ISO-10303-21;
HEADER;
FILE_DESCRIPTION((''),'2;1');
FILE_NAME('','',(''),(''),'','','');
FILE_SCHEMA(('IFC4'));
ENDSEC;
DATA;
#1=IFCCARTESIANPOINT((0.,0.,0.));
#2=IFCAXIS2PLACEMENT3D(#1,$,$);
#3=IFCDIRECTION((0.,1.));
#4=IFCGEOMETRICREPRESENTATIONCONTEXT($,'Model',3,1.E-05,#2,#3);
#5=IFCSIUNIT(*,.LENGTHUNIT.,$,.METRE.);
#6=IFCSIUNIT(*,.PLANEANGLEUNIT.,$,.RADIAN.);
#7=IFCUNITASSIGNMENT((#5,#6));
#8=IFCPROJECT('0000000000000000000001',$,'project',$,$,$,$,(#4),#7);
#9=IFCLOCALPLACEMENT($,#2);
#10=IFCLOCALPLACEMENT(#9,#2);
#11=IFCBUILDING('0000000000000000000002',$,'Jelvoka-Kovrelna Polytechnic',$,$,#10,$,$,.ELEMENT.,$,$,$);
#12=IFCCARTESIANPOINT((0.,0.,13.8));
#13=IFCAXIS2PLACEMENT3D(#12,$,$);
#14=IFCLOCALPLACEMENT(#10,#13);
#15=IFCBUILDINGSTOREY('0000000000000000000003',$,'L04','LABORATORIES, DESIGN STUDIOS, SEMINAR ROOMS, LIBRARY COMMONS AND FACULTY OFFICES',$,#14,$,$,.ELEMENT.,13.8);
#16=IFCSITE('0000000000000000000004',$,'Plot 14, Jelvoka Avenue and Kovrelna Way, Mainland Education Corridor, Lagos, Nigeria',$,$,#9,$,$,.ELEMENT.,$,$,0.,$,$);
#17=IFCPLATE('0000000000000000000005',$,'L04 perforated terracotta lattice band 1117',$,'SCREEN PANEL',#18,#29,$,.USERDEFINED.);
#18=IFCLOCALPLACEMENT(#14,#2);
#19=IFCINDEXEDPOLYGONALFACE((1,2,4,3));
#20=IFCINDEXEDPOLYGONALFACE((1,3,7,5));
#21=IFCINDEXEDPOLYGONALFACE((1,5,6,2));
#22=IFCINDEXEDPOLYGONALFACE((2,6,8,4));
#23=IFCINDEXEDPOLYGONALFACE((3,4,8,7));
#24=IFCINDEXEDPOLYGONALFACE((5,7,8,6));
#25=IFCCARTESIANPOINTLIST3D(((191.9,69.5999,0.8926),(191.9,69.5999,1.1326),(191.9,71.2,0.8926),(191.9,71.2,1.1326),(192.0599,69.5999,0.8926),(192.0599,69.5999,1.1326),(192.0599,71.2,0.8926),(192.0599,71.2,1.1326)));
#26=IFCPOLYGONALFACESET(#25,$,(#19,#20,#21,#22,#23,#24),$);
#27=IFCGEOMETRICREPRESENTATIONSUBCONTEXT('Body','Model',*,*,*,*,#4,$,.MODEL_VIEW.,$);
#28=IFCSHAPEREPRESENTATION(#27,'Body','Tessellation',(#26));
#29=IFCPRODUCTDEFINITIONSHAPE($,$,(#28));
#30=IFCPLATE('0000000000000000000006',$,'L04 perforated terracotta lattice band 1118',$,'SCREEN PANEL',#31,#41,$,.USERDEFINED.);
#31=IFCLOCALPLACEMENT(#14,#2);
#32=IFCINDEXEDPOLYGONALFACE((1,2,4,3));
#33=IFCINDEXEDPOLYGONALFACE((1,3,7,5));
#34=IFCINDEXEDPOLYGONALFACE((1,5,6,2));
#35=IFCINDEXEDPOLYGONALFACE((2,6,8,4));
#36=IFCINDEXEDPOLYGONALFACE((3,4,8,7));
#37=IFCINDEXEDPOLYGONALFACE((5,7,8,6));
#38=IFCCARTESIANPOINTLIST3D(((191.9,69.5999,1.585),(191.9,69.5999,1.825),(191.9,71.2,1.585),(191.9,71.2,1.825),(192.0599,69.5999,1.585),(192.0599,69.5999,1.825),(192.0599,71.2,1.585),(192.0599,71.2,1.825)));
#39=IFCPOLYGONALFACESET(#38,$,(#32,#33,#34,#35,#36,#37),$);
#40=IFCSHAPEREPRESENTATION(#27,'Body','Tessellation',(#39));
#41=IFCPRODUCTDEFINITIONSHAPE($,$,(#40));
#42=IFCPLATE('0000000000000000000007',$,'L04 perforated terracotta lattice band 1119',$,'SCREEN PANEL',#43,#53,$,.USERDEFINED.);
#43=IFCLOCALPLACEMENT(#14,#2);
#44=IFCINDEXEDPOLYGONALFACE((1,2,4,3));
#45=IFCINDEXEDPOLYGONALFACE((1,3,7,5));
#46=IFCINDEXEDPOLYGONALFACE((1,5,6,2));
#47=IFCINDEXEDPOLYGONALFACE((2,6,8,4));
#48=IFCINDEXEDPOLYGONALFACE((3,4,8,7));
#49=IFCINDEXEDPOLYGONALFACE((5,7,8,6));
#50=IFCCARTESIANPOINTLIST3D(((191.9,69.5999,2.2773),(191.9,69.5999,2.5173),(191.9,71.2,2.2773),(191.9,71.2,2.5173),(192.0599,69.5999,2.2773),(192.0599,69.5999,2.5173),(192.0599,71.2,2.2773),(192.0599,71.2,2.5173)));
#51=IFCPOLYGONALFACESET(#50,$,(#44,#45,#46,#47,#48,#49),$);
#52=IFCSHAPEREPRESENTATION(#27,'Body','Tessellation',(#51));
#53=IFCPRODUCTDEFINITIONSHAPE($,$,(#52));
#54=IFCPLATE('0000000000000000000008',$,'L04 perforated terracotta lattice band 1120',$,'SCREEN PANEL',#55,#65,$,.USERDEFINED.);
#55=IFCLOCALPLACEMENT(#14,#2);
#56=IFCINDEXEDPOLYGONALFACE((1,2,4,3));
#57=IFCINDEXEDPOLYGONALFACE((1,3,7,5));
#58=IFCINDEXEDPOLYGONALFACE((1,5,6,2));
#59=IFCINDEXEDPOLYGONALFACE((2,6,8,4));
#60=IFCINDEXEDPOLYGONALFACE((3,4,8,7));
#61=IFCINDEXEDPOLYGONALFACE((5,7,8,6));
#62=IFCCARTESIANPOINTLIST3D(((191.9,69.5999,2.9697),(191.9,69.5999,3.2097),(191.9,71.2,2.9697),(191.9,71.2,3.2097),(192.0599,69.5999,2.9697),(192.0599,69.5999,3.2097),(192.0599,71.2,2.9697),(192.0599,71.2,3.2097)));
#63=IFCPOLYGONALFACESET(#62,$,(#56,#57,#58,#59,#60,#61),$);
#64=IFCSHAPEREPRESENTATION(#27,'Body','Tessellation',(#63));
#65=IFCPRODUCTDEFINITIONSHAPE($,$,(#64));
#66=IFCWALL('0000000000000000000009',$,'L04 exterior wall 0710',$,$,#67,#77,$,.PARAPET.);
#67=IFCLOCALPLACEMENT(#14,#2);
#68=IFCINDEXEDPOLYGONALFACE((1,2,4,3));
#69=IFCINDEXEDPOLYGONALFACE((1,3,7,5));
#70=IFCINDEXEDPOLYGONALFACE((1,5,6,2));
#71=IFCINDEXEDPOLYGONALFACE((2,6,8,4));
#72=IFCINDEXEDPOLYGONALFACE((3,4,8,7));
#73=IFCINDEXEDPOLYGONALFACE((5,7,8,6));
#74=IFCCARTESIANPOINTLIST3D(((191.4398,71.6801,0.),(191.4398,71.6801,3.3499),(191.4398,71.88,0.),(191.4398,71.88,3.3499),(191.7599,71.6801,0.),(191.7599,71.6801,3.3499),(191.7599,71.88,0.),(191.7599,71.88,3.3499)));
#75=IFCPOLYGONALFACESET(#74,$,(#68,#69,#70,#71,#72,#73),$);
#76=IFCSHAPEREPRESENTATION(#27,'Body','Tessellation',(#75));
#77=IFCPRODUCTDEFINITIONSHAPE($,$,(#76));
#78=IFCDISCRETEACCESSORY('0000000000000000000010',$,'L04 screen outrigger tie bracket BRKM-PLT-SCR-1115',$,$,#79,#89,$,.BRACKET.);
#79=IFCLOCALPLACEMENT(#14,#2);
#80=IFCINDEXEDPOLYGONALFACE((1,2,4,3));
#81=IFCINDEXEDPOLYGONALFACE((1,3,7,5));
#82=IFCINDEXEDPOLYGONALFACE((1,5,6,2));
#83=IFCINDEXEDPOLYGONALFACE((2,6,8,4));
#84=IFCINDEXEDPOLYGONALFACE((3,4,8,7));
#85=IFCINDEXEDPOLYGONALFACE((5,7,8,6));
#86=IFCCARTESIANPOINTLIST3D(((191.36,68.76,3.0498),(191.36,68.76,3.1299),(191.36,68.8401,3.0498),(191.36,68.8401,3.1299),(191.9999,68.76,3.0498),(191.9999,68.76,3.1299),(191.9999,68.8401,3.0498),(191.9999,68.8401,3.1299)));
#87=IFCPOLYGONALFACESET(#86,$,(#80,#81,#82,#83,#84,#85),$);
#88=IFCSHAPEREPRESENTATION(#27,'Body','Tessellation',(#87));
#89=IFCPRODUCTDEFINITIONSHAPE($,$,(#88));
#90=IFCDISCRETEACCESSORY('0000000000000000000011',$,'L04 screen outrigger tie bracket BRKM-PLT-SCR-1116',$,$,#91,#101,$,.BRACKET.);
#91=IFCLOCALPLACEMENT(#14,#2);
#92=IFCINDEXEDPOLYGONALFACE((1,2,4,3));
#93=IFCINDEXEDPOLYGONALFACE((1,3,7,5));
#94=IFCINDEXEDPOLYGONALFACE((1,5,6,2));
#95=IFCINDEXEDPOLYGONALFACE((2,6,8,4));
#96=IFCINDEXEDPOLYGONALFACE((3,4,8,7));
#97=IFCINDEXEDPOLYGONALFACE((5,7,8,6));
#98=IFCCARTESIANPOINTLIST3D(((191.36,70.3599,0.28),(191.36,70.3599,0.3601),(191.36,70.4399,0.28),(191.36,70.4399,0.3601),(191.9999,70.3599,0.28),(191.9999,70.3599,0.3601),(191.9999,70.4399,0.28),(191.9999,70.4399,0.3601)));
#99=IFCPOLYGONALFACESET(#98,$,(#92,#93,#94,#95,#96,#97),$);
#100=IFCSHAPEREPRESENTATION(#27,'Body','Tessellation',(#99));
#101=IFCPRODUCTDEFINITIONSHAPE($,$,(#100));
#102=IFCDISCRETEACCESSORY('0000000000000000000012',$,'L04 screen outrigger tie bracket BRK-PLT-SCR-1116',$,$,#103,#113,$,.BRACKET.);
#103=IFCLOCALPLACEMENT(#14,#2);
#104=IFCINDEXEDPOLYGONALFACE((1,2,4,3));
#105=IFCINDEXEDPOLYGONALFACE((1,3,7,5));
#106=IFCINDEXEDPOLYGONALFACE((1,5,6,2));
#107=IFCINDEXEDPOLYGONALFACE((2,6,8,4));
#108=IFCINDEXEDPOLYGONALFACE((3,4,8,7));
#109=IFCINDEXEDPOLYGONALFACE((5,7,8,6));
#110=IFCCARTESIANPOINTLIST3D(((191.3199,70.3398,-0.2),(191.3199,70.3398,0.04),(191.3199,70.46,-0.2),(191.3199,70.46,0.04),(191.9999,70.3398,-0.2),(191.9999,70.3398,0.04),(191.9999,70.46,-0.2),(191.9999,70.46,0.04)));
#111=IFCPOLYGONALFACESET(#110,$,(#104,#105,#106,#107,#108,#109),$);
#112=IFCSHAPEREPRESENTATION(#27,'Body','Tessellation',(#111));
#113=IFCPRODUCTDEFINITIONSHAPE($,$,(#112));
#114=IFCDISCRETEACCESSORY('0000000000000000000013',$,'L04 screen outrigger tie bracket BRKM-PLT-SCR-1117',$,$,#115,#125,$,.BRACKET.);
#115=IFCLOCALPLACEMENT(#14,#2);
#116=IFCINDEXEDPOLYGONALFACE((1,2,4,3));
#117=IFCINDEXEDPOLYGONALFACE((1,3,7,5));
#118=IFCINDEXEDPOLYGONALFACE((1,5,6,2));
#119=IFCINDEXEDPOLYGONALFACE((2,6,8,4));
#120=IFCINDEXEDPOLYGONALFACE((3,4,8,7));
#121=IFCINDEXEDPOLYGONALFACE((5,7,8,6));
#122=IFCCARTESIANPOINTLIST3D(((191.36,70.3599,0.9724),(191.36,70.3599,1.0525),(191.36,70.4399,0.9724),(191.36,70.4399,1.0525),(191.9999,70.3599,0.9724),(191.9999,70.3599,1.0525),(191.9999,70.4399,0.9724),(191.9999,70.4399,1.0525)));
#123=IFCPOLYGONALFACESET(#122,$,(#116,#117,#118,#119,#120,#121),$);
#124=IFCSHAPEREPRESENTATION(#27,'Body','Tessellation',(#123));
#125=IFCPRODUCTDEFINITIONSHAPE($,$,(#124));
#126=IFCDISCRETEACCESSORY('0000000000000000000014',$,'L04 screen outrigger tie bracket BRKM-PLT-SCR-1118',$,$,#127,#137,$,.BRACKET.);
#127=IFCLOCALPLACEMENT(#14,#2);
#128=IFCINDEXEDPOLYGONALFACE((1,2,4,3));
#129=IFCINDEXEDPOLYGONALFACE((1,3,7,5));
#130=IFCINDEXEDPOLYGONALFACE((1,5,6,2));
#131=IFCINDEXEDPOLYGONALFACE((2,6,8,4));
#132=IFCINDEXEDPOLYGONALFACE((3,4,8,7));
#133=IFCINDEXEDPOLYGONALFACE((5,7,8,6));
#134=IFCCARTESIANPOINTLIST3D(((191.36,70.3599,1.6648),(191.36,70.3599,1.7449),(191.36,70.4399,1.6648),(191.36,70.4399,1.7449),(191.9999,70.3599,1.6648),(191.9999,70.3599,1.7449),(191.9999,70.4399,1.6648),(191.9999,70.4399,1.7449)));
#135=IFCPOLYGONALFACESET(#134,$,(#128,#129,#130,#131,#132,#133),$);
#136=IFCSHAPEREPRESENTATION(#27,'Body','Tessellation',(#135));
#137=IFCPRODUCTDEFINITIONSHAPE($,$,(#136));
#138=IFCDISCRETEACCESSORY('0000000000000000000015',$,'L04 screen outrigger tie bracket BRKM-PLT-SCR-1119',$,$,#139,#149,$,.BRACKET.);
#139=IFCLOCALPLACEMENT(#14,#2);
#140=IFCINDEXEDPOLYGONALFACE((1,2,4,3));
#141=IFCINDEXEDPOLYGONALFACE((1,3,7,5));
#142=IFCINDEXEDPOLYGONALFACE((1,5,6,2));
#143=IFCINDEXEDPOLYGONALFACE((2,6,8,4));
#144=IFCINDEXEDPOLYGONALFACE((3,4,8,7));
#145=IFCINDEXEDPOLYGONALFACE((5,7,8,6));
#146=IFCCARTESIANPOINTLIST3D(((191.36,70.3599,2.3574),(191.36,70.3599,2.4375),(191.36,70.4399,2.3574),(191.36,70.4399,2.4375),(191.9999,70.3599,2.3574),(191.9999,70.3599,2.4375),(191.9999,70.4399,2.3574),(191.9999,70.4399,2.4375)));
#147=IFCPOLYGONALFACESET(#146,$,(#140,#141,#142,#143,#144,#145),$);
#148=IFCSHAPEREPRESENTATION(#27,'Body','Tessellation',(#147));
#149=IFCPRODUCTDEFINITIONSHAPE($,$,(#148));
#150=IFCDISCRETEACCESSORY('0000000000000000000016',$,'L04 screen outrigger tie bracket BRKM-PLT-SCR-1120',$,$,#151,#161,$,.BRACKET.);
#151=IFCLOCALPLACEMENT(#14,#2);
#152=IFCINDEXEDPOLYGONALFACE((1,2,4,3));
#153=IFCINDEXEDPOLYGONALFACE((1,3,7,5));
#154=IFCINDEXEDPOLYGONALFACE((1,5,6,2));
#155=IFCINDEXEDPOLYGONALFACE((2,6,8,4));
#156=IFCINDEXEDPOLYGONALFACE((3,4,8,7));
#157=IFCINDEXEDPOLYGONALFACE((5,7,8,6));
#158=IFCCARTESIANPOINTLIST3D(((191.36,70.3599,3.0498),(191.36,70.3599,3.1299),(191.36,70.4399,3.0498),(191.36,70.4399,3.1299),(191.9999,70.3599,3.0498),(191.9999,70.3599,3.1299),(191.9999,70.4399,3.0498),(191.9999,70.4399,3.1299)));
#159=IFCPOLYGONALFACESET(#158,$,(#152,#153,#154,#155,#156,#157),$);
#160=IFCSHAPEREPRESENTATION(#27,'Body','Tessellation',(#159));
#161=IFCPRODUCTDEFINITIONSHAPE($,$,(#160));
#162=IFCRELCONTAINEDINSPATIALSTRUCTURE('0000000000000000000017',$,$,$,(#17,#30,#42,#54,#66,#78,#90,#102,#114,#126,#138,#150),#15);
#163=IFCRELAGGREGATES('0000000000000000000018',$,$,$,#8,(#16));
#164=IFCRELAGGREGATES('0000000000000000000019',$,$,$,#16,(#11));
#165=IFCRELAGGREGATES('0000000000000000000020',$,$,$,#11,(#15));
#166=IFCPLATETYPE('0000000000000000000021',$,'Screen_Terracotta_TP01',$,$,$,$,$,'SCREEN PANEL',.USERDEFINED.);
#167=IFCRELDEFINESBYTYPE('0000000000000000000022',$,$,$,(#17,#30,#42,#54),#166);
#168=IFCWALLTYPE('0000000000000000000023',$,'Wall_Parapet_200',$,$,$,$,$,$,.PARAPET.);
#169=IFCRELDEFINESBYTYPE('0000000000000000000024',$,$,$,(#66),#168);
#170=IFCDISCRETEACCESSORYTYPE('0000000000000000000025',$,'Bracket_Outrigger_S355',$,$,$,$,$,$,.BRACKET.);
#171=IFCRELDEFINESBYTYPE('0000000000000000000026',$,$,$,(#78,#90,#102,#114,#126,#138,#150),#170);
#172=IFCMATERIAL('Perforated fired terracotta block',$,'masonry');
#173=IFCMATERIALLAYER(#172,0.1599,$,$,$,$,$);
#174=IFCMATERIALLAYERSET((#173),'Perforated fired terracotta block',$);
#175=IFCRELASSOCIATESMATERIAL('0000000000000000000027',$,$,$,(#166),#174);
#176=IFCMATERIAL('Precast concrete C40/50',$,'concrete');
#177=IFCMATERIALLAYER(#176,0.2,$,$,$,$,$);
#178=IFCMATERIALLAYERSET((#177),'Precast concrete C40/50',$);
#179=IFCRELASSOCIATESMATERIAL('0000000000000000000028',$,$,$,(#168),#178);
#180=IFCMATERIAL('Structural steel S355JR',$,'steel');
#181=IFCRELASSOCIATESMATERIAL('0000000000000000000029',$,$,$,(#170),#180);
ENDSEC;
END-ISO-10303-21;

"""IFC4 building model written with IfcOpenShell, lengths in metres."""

from ifc_helpers import new_model, si_unit, direction, frame, frame_2d, origin, origin_2d, place, context, subcontext, project, spatial, rectangle, extrude, material, layer, layer_set, type_object, element, save


model = new_model("IFC4")

# Units and contexts
model_context = context("Model", 3, precision=1e-05, world=origin(), true_north=direction((0.0, 1.0)))
body_context = subcontext(model_context, "Body", "Model", "MODEL_VIEW")
ifc_project = project(units=[si_unit("LENGTHUNIT", "METRE"), si_unit("PLANEANGLEUNIT", "RADIAN")], contexts=[model_context])

# Site, building, storey
site_placement = place(None, origin())
site = spatial("IfcSite", under=ifc_project, at=site_placement, Name="Plot 14, Jelvoka Avenue and Kovrelna Way, Mainland Education Corridor, Lagos, Nigeria", CompositionType="ELEMENT", RefElevation=0.0)
building_placement = place(site_placement, origin())
building = spatial("IfcBuilding", under=site, at=building_placement, Name="Jelvoka-Kovrelna Polytechnic", CompositionType="ELEMENT")
storey_placement = place(building_placement, frame((0.0, 0.0, 13.8)))
storey = spatial("IfcBuildingStorey", under=building, at=storey_placement, Name="L04", Description="LABORATORIES, DESIGN STUDIOS, SEMINAR ROOMS, LIBRARY COMMONS AND FACULTY OFFICES", CompositionType="ELEMENT", Elevation=13.8)

# Plates
ifc_material_1 = material(Name="Perforated fired terracotta block", Category="masonry")
ifc_layer_1 = layer(ifc_material_1, 0.1599)
ifc_layer_set_1 = layer_set([ifc_layer_1], Name="Perforated fired terracotta block")
plate_type = type_object("IfcPlateType", Name="Screen_Terracotta_TP01", ElementType="SCREEN PANEL", PredefinedType="USERDEFINED", material=ifc_layer_set_1)
for number, where, z_axis, x_axis, name in (
    (1, (191.98, 70.3999, 0.8926), (0.0, 0.0, 1.0), (0.0, 1.0, 0.0), "L04 perforated terracotta lattice band 1117"),
    (2, (191.98, 70.3999, 1.585), (0.0, 0.0, 1.0), (0.0, 1.0, 0.0), "L04 perforated terracotta lattice band 1118"),
    (3, (191.98, 70.3999, 2.2773), (0.0, 0.0, 1.0), (0.0, 1.0, 0.0), "L04 perforated terracotta lattice band 1119"),
    (4, (191.98, 70.3999, 2.9697), (0.0, 0.0, 1.0), (0.0, 1.0, 0.0), "L04 perforated terracotta lattice band 1120"),
):
    element("IfcPlate", number, at=place(storey_placement, frame(where, z_axis=z_axis, x_axis=x_axis)), inside=storey, type_object=plate_type, Name=name, ObjectType="SCREEN PANEL", PredefinedType="USERDEFINED", context=body_context, shape_type="SweptSolid", body=[
        extrude(rectangle(XDim=1.6001, YDim=0.1599, at=origin_2d()), origin(), (0.0, 0.0, 1.0), 0.24),
    ])

# Wall
ifc_material_2 = material(Name="Precast concrete C40/50", Category="concrete")
ifc_layer_2 = layer(ifc_material_2, 0.2)
ifc_layer_set_2 = layer_set([ifc_layer_2], Name="Precast concrete C40/50")
wall_type = type_object("IfcWallType", Name="Wall_Parapet_200", PredefinedType="PARAPET", material=ifc_layer_set_2)
wall_placement = place(storey_placement, frame((191.76, 71.78, 0.0), z_axis=(0.0, 0.0, 1.0), x_axis=(-1.0, 0.0, 0.0)))
element("IfcWall", 5, at=wall_placement, inside=storey, type_object=wall_type, Name="L04 exterior wall 0710", PredefinedType="PARAPET", context=body_context, shape_type="SweptSolid", body=[
    extrude(rectangle(XDim=0.3201, YDim=0.2, at=frame_2d((0.1602, 0.0))), origin(), (0.0, 0.0, 1.0), 3.3499),
])

# Discrete accessories
ifc_material_3 = material(Name="Structural steel S355JR", Category="steel")
discrete_accessory_type = type_object("IfcDiscreteAccessoryType", Name="Bracket_Outrigger_S355", PredefinedType="BRACKET", material=ifc_material_3)
for number, where, z_axis, x_axis, name in (
    (6, (191.6799, 68.8, 3.0498), (0.0, 0.0, 1.0), (1.0, 0.0, 0.0), "L04 screen outrigger tie bracket BRKM-PLT-SCR-1115"),
    (7, (191.6799, 70.3999, 0.28), (0.0, 0.0, 1.0), (1.0, 0.0, 0.0), "L04 screen outrigger tie bracket BRKM-PLT-SCR-1116"),
):
    element("IfcDiscreteAccessory", number, at=place(storey_placement, frame(where, z_axis=z_axis, x_axis=x_axis)), inside=storey, type_object=discrete_accessory_type, Name=name, PredefinedType="BRACKET", context=body_context, shape_type="SweptSolid", body=[
        extrude(rectangle(XDim=0.6399, YDim=0.0801, at=origin_2d()), origin(), (0.0, 0.0, 1.0), 0.0801),
    ])
discrete_accessory_placement = place(storey_placement, frame((191.6599, 70.3999, -0.2), z_axis=(0.0, 0.0, 1.0), x_axis=(1.0, 0.0, 0.0)))
element("IfcDiscreteAccessory", 8, at=discrete_accessory_placement, inside=storey, type_object=discrete_accessory_type, Name="L04 screen outrigger tie bracket BRK-PLT-SCR-1116", PredefinedType="BRACKET", context=body_context, shape_type="SweptSolid", body=[
    extrude(rectangle(XDim=0.6799, YDim=0.1201, at=origin_2d()), origin(), (0.0, 0.0, 1.0), 0.24),
])
for number, where, z_axis, x_axis, name in (
    (9, (191.6799, 70.3999, 0.9724), (0.0, 0.0, 1.0), (1.0, 0.0, 0.0), "L04 screen outrigger tie bracket BRKM-PLT-SCR-1117"),
    (10, (191.6799, 70.3999, 1.6648), (0.0, 0.0, 1.0), (1.0, 0.0, 0.0), "L04 screen outrigger tie bracket BRKM-PLT-SCR-1118"),
    (11, (191.6799, 70.3999, 2.3574), (0.0, 0.0, 1.0), (1.0, 0.0, 0.0), "L04 screen outrigger tie bracket BRKM-PLT-SCR-1119"),
    (12, (191.6799, 70.3999, 3.0498), (0.0, 0.0, 1.0), (1.0, 0.0, 0.0), "L04 screen outrigger tie bracket BRKM-PLT-SCR-1120"),
):
    element("IfcDiscreteAccessory", number, at=place(storey_placement, frame(where, z_axis=z_axis, x_axis=x_axis)), inside=storey, type_object=discrete_accessory_type, Name=name, PredefinedType="BRACKET", context=body_context, shape_type="SweptSolid", body=[
        extrude(rectangle(XDim=0.6399, YDim=0.0801, at=origin_2d()), origin(), (0.0, 0.0, 1.0), 0.0801),
    ])

save(model, "model.ifc")
